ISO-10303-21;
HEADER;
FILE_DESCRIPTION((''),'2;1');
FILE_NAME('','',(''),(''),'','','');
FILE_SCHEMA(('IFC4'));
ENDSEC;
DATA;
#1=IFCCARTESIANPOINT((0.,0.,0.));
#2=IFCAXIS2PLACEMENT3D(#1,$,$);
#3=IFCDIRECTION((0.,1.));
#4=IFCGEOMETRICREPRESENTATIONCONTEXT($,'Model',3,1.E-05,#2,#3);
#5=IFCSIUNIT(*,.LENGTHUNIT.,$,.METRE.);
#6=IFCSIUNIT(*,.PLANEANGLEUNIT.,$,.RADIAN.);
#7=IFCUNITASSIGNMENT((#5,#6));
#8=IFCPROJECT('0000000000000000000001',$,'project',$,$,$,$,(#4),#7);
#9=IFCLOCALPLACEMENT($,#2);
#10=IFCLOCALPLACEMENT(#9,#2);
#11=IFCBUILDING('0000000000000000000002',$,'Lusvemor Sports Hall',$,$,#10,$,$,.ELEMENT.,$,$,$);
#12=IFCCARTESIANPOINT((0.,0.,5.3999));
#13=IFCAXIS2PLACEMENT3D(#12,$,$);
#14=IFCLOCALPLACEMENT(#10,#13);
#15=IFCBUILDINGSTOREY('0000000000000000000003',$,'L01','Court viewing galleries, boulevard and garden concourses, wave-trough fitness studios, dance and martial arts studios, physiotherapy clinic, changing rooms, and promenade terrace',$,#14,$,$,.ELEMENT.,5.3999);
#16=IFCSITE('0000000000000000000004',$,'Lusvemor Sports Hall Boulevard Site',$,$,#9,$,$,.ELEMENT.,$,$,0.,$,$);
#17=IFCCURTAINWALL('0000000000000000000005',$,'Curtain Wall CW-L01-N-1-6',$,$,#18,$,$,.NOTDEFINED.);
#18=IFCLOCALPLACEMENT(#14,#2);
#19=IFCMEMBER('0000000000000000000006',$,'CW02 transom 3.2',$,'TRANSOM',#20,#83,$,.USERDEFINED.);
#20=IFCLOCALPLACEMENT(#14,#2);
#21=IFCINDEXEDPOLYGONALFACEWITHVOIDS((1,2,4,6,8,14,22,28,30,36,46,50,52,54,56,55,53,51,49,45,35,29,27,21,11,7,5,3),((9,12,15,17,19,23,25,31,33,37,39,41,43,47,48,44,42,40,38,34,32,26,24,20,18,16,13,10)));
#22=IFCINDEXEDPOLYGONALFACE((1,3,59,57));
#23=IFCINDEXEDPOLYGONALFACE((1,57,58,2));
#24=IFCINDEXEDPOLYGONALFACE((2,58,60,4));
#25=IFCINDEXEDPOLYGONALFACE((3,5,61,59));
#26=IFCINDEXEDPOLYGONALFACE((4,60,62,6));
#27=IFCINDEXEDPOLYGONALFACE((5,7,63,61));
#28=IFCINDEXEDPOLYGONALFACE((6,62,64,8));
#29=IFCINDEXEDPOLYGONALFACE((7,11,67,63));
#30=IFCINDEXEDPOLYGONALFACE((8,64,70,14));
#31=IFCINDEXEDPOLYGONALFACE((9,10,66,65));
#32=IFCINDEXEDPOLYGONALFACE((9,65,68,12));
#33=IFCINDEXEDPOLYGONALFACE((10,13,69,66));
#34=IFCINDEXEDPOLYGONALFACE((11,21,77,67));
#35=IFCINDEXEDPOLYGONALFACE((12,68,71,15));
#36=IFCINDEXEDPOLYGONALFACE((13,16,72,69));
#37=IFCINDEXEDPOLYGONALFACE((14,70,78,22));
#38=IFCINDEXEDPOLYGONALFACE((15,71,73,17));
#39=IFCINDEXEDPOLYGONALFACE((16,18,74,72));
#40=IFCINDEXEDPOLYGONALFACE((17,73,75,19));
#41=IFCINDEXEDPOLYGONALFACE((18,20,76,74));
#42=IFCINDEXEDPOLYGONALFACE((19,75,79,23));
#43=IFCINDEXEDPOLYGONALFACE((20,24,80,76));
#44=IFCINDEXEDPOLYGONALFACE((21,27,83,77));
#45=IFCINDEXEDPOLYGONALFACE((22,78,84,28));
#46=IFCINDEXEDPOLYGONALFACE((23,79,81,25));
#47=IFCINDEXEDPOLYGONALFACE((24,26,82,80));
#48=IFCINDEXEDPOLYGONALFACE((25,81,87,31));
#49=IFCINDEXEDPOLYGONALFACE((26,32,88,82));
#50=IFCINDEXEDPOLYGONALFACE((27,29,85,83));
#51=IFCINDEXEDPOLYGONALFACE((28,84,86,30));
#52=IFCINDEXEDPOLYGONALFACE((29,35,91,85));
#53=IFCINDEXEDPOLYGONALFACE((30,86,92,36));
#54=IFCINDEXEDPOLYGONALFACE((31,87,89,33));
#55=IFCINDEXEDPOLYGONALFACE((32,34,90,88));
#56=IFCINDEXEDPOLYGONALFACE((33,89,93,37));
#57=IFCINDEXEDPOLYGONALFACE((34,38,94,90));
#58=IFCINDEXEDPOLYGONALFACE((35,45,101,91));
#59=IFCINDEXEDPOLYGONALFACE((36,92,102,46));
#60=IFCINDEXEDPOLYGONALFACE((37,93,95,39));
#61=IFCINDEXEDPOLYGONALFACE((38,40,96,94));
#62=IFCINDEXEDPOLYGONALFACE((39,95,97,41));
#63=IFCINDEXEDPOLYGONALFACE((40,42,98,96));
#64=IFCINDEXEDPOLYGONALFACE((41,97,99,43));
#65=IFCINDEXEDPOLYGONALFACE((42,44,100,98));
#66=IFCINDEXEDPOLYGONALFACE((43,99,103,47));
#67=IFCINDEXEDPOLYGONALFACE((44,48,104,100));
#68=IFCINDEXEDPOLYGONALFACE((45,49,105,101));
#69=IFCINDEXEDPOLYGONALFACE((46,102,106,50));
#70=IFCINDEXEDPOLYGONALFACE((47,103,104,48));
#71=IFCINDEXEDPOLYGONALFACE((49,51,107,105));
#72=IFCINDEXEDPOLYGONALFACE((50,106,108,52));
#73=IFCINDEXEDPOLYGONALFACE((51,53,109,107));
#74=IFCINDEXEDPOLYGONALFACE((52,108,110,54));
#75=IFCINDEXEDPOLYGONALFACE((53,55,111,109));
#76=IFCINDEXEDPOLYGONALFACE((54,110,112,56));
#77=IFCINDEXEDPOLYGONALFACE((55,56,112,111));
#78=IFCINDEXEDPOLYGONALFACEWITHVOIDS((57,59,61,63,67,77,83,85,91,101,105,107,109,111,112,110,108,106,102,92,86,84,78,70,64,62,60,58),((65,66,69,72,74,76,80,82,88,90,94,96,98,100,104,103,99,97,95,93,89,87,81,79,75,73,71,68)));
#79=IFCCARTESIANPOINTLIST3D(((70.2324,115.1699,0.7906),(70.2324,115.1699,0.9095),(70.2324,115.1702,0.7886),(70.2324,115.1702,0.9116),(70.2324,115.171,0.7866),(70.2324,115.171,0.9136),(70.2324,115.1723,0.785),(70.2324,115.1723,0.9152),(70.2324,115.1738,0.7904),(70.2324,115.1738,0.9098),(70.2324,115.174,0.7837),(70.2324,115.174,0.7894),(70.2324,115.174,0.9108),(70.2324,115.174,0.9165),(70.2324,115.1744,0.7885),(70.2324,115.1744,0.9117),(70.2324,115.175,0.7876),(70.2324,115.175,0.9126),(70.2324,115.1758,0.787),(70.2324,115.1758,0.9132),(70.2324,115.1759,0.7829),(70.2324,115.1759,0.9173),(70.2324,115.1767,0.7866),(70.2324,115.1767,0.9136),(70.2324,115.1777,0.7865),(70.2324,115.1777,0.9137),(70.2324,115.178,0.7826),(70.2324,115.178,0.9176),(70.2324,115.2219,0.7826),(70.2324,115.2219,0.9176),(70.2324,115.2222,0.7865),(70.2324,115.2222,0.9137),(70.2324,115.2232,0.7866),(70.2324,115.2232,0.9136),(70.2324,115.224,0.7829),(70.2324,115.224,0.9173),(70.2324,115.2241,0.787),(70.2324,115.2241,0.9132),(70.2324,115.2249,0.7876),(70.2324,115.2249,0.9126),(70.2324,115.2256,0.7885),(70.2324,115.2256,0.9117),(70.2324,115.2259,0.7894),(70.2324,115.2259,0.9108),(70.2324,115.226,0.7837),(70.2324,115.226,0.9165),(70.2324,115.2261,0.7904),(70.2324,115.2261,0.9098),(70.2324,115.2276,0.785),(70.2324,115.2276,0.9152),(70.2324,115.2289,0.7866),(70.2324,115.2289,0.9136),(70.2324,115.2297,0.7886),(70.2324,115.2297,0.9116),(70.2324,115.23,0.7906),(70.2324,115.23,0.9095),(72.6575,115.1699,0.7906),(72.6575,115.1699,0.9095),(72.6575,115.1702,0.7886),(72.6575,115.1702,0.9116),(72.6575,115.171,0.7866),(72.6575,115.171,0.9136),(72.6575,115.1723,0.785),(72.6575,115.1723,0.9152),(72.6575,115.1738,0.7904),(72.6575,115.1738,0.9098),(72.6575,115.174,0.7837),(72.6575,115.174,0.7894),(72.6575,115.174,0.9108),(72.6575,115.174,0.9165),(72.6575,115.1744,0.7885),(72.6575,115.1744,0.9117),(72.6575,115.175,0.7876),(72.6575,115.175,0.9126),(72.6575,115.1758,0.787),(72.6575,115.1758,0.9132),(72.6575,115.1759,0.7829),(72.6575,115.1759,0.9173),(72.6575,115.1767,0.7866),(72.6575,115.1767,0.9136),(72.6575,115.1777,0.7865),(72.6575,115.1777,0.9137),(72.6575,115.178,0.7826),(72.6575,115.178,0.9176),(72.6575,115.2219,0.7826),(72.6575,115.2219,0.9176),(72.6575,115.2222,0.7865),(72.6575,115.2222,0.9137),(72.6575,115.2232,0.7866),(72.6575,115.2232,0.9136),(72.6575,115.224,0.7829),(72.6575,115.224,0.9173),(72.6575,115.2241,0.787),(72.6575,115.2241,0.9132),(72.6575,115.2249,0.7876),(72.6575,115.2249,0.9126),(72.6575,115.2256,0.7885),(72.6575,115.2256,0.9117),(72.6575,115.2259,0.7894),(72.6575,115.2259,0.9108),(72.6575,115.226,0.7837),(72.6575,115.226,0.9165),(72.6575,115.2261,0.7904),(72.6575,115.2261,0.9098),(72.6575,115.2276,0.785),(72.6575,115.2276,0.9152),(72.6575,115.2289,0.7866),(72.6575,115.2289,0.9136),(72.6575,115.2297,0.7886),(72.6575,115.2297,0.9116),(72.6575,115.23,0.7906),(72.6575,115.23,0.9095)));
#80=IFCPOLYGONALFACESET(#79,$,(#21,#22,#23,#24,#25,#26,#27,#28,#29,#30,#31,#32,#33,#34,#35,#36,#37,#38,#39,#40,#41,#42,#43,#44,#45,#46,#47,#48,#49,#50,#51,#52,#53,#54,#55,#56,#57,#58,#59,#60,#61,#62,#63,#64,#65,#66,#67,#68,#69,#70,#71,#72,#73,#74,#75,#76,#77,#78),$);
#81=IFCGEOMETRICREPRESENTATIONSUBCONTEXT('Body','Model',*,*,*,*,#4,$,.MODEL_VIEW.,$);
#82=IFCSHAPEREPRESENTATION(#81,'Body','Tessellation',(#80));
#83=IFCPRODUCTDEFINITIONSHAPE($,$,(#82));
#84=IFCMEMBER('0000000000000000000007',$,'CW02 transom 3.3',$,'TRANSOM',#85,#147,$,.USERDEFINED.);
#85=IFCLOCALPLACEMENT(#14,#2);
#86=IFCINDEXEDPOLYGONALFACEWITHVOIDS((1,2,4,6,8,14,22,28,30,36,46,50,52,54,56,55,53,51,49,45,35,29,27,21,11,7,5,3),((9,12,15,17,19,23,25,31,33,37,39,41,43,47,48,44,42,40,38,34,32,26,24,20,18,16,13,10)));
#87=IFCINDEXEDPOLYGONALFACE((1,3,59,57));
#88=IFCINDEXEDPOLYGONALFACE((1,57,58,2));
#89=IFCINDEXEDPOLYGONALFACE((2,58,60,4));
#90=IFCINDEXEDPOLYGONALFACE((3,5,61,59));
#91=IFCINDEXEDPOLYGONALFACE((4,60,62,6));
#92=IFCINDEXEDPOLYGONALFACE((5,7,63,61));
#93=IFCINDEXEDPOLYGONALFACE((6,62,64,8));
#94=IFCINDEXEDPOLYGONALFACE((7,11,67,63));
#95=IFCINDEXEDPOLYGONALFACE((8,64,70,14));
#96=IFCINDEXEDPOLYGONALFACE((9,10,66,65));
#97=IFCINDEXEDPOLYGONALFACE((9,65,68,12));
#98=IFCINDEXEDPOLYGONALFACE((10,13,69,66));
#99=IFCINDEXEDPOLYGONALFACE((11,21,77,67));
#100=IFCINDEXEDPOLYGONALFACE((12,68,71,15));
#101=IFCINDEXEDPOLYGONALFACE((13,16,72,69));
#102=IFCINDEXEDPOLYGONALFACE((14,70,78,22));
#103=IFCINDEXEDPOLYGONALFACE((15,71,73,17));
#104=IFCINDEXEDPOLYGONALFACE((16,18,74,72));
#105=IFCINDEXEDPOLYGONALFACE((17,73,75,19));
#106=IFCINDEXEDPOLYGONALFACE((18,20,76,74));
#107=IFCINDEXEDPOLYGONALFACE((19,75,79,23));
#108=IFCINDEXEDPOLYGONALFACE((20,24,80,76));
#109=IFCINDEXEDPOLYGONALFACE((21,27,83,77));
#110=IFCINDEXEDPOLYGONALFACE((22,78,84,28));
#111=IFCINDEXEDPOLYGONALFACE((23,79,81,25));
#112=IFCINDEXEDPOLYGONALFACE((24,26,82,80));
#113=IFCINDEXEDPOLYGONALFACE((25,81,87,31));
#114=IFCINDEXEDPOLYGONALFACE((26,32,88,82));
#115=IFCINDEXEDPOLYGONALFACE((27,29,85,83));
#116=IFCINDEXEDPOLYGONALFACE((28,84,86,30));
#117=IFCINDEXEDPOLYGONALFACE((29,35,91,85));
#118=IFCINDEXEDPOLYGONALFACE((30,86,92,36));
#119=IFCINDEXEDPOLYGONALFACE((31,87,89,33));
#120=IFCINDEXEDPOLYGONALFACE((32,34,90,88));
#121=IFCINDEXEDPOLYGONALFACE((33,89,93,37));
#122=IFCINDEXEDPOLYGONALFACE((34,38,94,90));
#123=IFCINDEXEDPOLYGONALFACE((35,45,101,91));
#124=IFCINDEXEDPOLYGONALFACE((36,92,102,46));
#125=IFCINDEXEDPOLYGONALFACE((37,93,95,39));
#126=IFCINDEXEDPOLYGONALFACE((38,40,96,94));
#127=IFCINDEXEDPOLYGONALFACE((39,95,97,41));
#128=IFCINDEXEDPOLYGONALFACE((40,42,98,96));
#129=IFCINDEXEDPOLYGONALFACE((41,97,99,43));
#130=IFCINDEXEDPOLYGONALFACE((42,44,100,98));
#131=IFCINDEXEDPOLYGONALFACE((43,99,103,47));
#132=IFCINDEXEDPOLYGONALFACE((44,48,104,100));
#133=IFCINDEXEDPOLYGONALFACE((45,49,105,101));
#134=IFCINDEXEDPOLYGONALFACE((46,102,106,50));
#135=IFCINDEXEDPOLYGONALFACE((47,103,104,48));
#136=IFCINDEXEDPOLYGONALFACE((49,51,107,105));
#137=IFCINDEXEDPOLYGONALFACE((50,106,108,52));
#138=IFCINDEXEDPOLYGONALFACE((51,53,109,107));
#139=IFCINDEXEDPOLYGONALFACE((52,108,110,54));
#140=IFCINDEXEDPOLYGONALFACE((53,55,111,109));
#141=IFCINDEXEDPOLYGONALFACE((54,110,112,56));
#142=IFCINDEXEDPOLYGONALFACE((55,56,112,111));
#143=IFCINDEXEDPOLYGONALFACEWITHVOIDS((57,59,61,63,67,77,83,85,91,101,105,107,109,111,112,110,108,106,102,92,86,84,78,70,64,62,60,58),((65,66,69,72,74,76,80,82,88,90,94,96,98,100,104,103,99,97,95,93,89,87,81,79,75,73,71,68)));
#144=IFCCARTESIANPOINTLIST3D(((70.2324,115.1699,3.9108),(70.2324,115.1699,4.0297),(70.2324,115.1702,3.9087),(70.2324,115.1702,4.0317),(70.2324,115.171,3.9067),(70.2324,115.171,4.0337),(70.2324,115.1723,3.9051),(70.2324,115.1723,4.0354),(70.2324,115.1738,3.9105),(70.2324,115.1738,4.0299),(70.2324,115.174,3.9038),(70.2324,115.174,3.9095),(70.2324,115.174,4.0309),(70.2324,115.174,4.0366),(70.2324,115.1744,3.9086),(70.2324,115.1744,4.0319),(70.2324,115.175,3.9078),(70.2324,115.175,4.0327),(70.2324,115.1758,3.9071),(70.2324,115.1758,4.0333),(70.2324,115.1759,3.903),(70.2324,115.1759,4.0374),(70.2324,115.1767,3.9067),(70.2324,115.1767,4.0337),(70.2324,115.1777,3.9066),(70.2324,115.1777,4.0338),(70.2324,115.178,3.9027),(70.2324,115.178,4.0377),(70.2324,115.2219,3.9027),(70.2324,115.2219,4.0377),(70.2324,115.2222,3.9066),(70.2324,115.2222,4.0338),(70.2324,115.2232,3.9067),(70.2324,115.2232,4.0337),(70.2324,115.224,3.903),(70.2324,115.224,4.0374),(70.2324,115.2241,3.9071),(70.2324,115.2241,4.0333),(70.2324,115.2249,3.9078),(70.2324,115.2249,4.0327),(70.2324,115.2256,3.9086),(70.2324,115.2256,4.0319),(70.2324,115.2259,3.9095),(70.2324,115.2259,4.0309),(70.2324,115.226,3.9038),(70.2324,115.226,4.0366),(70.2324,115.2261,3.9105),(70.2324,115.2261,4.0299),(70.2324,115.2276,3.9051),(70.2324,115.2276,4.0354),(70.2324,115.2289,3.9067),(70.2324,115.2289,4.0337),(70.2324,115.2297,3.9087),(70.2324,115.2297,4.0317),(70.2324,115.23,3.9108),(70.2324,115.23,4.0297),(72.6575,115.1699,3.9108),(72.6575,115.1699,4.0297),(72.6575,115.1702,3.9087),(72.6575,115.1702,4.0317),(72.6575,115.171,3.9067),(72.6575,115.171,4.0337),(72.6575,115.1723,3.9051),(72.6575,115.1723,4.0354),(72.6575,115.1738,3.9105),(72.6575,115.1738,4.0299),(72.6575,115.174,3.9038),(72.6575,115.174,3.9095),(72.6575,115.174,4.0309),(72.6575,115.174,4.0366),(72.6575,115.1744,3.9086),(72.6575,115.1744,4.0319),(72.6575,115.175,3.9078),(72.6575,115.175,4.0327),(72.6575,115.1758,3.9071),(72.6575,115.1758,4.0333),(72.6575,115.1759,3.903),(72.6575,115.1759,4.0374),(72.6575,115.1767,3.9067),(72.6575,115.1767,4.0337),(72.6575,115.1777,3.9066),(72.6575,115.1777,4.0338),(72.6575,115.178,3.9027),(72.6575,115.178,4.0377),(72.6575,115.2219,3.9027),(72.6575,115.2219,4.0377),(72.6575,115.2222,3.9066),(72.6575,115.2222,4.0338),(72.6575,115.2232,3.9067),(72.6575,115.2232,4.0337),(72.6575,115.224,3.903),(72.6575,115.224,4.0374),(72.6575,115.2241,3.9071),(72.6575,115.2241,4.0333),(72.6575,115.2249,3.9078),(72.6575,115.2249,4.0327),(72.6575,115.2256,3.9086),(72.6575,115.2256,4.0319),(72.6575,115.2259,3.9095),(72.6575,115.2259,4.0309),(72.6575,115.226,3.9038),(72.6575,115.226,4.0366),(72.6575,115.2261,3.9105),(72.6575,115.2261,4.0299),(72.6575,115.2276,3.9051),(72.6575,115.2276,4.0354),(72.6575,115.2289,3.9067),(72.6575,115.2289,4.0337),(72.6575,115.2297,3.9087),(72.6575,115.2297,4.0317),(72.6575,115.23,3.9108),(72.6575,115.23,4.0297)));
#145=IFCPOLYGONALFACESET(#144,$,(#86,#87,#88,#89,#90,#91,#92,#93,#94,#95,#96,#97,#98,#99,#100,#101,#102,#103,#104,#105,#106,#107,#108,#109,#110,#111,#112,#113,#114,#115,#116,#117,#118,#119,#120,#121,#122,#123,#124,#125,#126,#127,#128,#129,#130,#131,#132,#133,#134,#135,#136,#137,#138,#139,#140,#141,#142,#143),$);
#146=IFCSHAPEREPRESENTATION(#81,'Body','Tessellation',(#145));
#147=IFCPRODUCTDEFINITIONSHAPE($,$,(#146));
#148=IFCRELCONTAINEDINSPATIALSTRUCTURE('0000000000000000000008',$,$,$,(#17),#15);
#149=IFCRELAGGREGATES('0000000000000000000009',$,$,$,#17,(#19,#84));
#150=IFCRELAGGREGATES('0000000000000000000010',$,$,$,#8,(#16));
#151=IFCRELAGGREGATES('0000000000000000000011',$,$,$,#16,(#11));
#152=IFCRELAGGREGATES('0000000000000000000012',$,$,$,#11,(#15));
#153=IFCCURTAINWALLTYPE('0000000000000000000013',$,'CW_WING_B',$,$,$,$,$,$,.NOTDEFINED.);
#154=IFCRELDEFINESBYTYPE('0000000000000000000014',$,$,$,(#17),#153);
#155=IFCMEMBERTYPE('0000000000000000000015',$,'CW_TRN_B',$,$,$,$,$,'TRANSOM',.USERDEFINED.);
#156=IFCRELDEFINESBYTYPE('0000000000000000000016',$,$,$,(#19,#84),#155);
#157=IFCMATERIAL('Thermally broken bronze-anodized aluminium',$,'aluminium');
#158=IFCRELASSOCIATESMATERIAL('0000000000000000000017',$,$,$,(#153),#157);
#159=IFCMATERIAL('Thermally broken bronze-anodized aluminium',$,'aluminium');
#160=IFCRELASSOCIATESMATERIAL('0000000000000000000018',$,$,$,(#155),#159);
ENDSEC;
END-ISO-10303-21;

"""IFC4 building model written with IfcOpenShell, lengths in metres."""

from ifc_helpers import new_model, si_unit, direction, frame, origin, origin_2d, place, context, subcontext, project, spatial, hollow_rectangle, extrude, material, material_profile, profile_set, type_object, element, aggregate, save


model = new_model("IFC4")

# Units and contexts
model_context = context("Model", 3, precision=1e-05, world=origin(), true_north=direction((0.0, 1.0)))
body_context = subcontext(model_context, "Body", "Model", "MODEL_VIEW")
ifc_project = project(units=[si_unit("LENGTHUNIT", "METRE"), si_unit("PLANEANGLEUNIT", "RADIAN")], contexts=[model_context])

# Site, building, storey
site_placement = place(None, origin())
site = spatial("IfcSite", under=ifc_project, at=site_placement, Name="Lusvemor Sports Hall Boulevard Site", CompositionType="ELEMENT", RefElevation=0.0)
building_placement = place(site_placement, origin())
building = spatial("IfcBuilding", under=site, at=building_placement, Name="Lusvemor Sports Hall", CompositionType="ELEMENT")
storey_placement = place(building_placement, frame((0.0, 0.0, 5.3999)))
storey = spatial("IfcBuildingStorey", under=building, at=storey_placement, Name="L01", Description="Court viewing galleries, boulevard and garden concourses, wave-trough fitness studios, dance and martial arts studios, physiotherapy clinic, changing rooms, and promenade terrace", CompositionType="ELEMENT", Elevation=5.3999)

# Curtain wall, members
ifc_material_1 = material(Name="Thermally broken bronze-anodized aluminium", Category="aluminium")
curtain_wall_type = type_object("IfcCurtainWallType", Name="CW_WING_B", PredefinedType="NOTDEFINED", material=ifc_material_1)
curtain_wall_placement = place(storey_placement, origin())
curtain_wall = element("IfcCurtainWall", 1, at=curtain_wall_placement, inside=storey, type_object=curtain_wall_type, Name="Curtain Wall CW-L01-N-1-6", PredefinedType="NOTDEFINED")
ifc_material_2 = material(Name="Thermally broken bronze-anodized aluminium", Category="aluminium")
ifc_material_profile_1 = material_profile(ifc_material_2, hollow_rectangle(XDim=0.0601, YDim=0.135, WallThickness=0.0039, InnerFilletRadius=0.0039, OuterFilletRadius=0.0081, at=origin_2d()), Name="CWTRN135x60x4")
ifc_profile_set_1 = profile_set([ifc_material_profile_1], Name="Thermally broken bronze-anodized aluminium")
member_type_1 = type_object("IfcMemberType", Name="CW_TRN_B", ElementType="TRANSOM", PredefinedType="USERDEFINED", material=ifc_profile_set_1)
member_1_placement = place(storey_placement, frame((70.2324, 115.2, 0.8501), z_axis=(1.0, 0.0, 0.0), x_axis=(0.0, 1.0, 0.0)))
member_1 = element("IfcMember", 2, at=member_1_placement, type_object=member_type_1, Name="CW02 transom 3.2", ObjectType="TRANSOM", PredefinedType="USERDEFINED", context=body_context, shape_type="SweptSolid", body=[
    extrude(hollow_rectangle(XDim=0.0601, YDim=0.135, WallThickness=0.0039, InnerFilletRadius=0.0039, OuterFilletRadius=0.0081, at=origin_2d()), origin(), (0.0, 0.0, 1.0), 2.425),
])
member_2_placement = place(storey_placement, frame((70.2324, 115.2, 3.9702), z_axis=(1.0, 0.0, 0.0), x_axis=(0.0, 1.0, 0.0)))
member_2 = element("IfcMember", 3, at=member_2_placement, type_object=member_type_1, Name="CW02 transom 3.3", ObjectType="TRANSOM", PredefinedType="USERDEFINED", context=body_context, shape_type="SweptSolid", body=[
    extrude(hollow_rectangle(XDim=0.0601, YDim=0.135, WallThickness=0.0039, InnerFilletRadius=0.0039, OuterFilletRadius=0.0081, at=origin_2d()), origin(), (0.0, 0.0, 1.0), 2.425),
])

aggregate(curtain_wall, [member_1, member_2])

save(model, "model.ifc")
